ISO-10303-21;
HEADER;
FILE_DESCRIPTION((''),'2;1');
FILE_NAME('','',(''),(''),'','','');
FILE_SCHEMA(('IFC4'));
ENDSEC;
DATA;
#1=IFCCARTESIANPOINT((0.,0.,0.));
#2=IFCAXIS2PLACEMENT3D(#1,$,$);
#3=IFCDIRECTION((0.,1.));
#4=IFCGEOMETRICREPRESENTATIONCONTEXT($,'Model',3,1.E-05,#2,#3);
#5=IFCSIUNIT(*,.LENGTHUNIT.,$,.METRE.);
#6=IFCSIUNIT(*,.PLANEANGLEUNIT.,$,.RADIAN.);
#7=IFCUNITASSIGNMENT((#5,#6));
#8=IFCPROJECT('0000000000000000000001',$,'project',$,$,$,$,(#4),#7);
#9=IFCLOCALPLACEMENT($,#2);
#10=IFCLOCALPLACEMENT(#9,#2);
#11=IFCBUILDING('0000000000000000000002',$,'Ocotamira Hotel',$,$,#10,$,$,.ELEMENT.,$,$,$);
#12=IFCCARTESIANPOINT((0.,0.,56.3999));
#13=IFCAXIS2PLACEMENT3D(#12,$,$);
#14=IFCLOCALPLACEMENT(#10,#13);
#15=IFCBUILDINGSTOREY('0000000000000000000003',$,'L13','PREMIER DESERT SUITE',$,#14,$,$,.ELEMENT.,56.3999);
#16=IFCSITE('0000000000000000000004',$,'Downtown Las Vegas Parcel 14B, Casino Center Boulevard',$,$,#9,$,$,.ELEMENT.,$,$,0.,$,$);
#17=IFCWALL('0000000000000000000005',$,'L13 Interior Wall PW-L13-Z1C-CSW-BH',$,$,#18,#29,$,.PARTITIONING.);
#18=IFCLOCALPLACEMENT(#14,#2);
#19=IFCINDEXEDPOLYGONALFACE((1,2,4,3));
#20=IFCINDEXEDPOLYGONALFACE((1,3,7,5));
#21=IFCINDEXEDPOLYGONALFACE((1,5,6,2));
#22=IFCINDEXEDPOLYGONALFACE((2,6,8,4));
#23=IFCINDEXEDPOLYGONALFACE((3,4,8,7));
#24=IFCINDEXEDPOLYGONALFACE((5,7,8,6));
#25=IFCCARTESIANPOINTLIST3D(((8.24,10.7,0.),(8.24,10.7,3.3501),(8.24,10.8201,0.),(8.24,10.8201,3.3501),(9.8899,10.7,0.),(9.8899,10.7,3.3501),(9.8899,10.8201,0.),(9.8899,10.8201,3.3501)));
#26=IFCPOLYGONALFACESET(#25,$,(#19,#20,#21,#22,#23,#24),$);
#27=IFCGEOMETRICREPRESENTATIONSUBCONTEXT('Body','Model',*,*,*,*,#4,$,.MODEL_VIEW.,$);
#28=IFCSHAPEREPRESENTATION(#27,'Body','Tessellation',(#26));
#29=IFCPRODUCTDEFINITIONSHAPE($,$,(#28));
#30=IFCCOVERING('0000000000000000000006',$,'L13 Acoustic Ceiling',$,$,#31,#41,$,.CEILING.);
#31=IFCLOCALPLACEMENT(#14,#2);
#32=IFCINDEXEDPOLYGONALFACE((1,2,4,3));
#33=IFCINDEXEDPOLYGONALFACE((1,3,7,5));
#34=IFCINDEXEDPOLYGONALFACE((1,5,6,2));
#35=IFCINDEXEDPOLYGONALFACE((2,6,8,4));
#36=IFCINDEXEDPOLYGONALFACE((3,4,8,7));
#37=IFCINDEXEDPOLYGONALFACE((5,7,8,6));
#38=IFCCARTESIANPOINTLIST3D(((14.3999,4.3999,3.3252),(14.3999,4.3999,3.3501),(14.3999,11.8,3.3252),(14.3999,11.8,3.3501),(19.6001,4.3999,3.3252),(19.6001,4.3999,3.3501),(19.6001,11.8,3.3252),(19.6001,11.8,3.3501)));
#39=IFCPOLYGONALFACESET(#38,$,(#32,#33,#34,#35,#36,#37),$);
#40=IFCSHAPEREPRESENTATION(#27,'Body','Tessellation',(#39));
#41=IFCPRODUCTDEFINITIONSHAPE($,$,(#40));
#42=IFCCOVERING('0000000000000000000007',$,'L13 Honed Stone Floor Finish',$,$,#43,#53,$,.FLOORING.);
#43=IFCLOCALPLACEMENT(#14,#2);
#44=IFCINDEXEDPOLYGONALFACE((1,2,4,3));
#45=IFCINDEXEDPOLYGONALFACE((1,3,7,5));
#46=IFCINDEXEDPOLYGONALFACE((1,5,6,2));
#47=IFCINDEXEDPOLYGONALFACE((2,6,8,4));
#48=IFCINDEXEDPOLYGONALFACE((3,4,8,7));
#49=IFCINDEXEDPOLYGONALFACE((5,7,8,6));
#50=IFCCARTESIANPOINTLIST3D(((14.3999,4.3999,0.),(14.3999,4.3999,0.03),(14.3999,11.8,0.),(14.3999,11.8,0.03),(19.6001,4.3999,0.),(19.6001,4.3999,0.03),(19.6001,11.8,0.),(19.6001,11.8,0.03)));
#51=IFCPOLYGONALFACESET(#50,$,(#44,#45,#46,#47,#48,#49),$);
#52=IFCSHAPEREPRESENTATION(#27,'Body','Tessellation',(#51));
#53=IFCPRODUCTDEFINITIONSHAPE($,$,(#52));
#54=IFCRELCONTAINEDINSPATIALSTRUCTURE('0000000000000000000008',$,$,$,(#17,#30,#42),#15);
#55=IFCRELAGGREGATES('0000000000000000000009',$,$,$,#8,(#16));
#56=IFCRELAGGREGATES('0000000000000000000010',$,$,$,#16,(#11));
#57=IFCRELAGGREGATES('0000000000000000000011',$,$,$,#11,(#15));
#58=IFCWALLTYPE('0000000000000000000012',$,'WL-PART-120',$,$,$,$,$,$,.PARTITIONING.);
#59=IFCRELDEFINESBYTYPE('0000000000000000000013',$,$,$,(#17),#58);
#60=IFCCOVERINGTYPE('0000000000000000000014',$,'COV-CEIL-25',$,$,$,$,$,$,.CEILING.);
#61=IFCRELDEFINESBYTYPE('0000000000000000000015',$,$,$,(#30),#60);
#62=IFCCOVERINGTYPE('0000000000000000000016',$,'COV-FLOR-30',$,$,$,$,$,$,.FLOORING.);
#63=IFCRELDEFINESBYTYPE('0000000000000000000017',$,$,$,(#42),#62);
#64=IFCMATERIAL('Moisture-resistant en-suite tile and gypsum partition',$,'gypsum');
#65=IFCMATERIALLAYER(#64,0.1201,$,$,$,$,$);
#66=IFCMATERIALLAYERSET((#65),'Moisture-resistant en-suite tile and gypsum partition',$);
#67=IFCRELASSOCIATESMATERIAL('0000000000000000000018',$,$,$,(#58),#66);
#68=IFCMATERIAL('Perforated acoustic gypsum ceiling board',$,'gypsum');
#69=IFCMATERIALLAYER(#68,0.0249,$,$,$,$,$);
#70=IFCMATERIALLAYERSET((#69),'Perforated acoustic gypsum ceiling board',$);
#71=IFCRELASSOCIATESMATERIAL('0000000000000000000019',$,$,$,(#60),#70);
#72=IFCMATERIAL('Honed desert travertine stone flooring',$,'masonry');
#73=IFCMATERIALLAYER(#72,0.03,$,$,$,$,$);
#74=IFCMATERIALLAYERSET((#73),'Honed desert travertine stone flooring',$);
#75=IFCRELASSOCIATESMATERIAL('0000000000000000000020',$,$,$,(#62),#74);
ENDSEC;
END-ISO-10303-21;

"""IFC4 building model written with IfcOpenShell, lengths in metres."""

from ifc_helpers import new_model, si_unit, direction, frame, frame_2d, origin, place, context, subcontext, project, spatial, polyline, rectangle, outline, extrude, material, layer, layer_set, type_object, element, save


model = new_model("IFC4")

# Units and contexts
model_context = context("Model", 3, precision=1e-05, world=origin(), true_north=direction((0.0, 1.0)))
body_context = subcontext(model_context, "Body", "Model", "MODEL_VIEW")
ifc_project = project(units=[si_unit("LENGTHUNIT", "METRE"), si_unit("PLANEANGLEUNIT", "RADIAN")], contexts=[model_context])

# Site, building, storey
site_placement = place(None, origin())
site = spatial("IfcSite", under=ifc_project, at=site_placement, Name="Downtown Las Vegas Parcel 14B, Casino Center Boulevard", CompositionType="ELEMENT", RefElevation=0.0)
building_placement = place(site_placement, origin())
building = spatial("IfcBuilding", under=site, at=building_placement, Name="Ocotamira Hotel", CompositionType="ELEMENT")
storey_placement = place(building_placement, frame((0.0, 0.0, 56.3999)))
storey = spatial("IfcBuildingStorey", under=building, at=storey_placement, Name="L13", Description="PREMIER DESERT SUITE", CompositionType="ELEMENT", Elevation=56.3999)

# Shared definitions
ifc_material_1 = material(Name="Moisture-resistant en-suite tile and gypsum partition", Category="gypsum")
ifc_layer_1 = layer(ifc_material_1, 0.1201)
ifc_layer_set_1 = layer_set([ifc_layer_1], Name="Moisture-resistant en-suite tile and gypsum partition")
wall_type_1 = type_object("IfcWallType", Name="WL-PART-120", PredefinedType="PARTITIONING", material=ifc_layer_set_1)

# Wall
wall_1_placement = place(storey_placement, frame((8.24, 10.76, 0.0), z_axis=(0.0, 0.0, 1.0), x_axis=(1.0, 0.0, 0.0)))
element("IfcWall", 1, at=wall_1_placement, inside=storey, type_object=wall_type_1, Name="L13 Interior Wall PW-L13-Z1C-CSW-BH", PredefinedType="PARTITIONING", context=body_context, shape_type="SweptSolid", body=[
    extrude(rectangle(XDim=1.6499, YDim=0.1201, at=frame_2d((0.825, 0.0))), origin(), (0.0, 0.0, 1.0), 3.3501),
])

# Coverings
ifc_material_2 = material(Name="Perforated acoustic gypsum ceiling board", Category="gypsum")
ifc_layer_2 = layer(ifc_material_2, 0.0249)
ifc_layer_set_2 = layer_set([ifc_layer_2], Name="Perforated acoustic gypsum ceiling board")
covering_type_1 = type_object("IfcCoveringType", Name="COV-CEIL-25", PredefinedType="CEILING", material=ifc_layer_set_2)
covering_1_placement = place(storey_placement, frame((0.0, 0.0, 3.3252)))
element("IfcCovering", 2, at=covering_1_placement, inside=storey, type_object=covering_type_1, Name="L13 Acoustic Ceiling", PredefinedType="CEILING", context=body_context, shape_type="SweptSolid", body=[
    extrude(outline(polyline([(14.3999, 4.3999), (19.6001, 4.3999), (19.6001, 11.8), (14.3999, 11.8), (14.3999, 4.3999)])), origin(), (0.0, 0.0, 1.0), 0.0249),
])
ifc_material_3 = material(Name="Honed desert travertine stone flooring", Category="masonry")
ifc_layer_3 = layer(ifc_material_3, 0.03)
ifc_layer_set_3 = layer_set([ifc_layer_3], Name="Honed desert travertine stone flooring")
covering_type_2 = type_object("IfcCoveringType", Name="COV-FLOR-30", PredefinedType="FLOORING", material=ifc_layer_set_3)
covering_2_placement = place(storey_placement, origin())
element("IfcCovering", 3, at=covering_2_placement, inside=storey, type_object=covering_type_2, Name="L13 Honed Stone Floor Finish", PredefinedType="FLOORING", context=body_context, shape_type="SweptSolid", body=[
    extrude(outline(polyline([(14.3999, 4.3999), (19.6001, 4.3999), (19.6001, 11.8), (14.3999, 11.8), (14.3999, 4.3999)])), origin(), (0.0, 0.0, 1.0), 0.03),
])

save(model, "model.ifc")
